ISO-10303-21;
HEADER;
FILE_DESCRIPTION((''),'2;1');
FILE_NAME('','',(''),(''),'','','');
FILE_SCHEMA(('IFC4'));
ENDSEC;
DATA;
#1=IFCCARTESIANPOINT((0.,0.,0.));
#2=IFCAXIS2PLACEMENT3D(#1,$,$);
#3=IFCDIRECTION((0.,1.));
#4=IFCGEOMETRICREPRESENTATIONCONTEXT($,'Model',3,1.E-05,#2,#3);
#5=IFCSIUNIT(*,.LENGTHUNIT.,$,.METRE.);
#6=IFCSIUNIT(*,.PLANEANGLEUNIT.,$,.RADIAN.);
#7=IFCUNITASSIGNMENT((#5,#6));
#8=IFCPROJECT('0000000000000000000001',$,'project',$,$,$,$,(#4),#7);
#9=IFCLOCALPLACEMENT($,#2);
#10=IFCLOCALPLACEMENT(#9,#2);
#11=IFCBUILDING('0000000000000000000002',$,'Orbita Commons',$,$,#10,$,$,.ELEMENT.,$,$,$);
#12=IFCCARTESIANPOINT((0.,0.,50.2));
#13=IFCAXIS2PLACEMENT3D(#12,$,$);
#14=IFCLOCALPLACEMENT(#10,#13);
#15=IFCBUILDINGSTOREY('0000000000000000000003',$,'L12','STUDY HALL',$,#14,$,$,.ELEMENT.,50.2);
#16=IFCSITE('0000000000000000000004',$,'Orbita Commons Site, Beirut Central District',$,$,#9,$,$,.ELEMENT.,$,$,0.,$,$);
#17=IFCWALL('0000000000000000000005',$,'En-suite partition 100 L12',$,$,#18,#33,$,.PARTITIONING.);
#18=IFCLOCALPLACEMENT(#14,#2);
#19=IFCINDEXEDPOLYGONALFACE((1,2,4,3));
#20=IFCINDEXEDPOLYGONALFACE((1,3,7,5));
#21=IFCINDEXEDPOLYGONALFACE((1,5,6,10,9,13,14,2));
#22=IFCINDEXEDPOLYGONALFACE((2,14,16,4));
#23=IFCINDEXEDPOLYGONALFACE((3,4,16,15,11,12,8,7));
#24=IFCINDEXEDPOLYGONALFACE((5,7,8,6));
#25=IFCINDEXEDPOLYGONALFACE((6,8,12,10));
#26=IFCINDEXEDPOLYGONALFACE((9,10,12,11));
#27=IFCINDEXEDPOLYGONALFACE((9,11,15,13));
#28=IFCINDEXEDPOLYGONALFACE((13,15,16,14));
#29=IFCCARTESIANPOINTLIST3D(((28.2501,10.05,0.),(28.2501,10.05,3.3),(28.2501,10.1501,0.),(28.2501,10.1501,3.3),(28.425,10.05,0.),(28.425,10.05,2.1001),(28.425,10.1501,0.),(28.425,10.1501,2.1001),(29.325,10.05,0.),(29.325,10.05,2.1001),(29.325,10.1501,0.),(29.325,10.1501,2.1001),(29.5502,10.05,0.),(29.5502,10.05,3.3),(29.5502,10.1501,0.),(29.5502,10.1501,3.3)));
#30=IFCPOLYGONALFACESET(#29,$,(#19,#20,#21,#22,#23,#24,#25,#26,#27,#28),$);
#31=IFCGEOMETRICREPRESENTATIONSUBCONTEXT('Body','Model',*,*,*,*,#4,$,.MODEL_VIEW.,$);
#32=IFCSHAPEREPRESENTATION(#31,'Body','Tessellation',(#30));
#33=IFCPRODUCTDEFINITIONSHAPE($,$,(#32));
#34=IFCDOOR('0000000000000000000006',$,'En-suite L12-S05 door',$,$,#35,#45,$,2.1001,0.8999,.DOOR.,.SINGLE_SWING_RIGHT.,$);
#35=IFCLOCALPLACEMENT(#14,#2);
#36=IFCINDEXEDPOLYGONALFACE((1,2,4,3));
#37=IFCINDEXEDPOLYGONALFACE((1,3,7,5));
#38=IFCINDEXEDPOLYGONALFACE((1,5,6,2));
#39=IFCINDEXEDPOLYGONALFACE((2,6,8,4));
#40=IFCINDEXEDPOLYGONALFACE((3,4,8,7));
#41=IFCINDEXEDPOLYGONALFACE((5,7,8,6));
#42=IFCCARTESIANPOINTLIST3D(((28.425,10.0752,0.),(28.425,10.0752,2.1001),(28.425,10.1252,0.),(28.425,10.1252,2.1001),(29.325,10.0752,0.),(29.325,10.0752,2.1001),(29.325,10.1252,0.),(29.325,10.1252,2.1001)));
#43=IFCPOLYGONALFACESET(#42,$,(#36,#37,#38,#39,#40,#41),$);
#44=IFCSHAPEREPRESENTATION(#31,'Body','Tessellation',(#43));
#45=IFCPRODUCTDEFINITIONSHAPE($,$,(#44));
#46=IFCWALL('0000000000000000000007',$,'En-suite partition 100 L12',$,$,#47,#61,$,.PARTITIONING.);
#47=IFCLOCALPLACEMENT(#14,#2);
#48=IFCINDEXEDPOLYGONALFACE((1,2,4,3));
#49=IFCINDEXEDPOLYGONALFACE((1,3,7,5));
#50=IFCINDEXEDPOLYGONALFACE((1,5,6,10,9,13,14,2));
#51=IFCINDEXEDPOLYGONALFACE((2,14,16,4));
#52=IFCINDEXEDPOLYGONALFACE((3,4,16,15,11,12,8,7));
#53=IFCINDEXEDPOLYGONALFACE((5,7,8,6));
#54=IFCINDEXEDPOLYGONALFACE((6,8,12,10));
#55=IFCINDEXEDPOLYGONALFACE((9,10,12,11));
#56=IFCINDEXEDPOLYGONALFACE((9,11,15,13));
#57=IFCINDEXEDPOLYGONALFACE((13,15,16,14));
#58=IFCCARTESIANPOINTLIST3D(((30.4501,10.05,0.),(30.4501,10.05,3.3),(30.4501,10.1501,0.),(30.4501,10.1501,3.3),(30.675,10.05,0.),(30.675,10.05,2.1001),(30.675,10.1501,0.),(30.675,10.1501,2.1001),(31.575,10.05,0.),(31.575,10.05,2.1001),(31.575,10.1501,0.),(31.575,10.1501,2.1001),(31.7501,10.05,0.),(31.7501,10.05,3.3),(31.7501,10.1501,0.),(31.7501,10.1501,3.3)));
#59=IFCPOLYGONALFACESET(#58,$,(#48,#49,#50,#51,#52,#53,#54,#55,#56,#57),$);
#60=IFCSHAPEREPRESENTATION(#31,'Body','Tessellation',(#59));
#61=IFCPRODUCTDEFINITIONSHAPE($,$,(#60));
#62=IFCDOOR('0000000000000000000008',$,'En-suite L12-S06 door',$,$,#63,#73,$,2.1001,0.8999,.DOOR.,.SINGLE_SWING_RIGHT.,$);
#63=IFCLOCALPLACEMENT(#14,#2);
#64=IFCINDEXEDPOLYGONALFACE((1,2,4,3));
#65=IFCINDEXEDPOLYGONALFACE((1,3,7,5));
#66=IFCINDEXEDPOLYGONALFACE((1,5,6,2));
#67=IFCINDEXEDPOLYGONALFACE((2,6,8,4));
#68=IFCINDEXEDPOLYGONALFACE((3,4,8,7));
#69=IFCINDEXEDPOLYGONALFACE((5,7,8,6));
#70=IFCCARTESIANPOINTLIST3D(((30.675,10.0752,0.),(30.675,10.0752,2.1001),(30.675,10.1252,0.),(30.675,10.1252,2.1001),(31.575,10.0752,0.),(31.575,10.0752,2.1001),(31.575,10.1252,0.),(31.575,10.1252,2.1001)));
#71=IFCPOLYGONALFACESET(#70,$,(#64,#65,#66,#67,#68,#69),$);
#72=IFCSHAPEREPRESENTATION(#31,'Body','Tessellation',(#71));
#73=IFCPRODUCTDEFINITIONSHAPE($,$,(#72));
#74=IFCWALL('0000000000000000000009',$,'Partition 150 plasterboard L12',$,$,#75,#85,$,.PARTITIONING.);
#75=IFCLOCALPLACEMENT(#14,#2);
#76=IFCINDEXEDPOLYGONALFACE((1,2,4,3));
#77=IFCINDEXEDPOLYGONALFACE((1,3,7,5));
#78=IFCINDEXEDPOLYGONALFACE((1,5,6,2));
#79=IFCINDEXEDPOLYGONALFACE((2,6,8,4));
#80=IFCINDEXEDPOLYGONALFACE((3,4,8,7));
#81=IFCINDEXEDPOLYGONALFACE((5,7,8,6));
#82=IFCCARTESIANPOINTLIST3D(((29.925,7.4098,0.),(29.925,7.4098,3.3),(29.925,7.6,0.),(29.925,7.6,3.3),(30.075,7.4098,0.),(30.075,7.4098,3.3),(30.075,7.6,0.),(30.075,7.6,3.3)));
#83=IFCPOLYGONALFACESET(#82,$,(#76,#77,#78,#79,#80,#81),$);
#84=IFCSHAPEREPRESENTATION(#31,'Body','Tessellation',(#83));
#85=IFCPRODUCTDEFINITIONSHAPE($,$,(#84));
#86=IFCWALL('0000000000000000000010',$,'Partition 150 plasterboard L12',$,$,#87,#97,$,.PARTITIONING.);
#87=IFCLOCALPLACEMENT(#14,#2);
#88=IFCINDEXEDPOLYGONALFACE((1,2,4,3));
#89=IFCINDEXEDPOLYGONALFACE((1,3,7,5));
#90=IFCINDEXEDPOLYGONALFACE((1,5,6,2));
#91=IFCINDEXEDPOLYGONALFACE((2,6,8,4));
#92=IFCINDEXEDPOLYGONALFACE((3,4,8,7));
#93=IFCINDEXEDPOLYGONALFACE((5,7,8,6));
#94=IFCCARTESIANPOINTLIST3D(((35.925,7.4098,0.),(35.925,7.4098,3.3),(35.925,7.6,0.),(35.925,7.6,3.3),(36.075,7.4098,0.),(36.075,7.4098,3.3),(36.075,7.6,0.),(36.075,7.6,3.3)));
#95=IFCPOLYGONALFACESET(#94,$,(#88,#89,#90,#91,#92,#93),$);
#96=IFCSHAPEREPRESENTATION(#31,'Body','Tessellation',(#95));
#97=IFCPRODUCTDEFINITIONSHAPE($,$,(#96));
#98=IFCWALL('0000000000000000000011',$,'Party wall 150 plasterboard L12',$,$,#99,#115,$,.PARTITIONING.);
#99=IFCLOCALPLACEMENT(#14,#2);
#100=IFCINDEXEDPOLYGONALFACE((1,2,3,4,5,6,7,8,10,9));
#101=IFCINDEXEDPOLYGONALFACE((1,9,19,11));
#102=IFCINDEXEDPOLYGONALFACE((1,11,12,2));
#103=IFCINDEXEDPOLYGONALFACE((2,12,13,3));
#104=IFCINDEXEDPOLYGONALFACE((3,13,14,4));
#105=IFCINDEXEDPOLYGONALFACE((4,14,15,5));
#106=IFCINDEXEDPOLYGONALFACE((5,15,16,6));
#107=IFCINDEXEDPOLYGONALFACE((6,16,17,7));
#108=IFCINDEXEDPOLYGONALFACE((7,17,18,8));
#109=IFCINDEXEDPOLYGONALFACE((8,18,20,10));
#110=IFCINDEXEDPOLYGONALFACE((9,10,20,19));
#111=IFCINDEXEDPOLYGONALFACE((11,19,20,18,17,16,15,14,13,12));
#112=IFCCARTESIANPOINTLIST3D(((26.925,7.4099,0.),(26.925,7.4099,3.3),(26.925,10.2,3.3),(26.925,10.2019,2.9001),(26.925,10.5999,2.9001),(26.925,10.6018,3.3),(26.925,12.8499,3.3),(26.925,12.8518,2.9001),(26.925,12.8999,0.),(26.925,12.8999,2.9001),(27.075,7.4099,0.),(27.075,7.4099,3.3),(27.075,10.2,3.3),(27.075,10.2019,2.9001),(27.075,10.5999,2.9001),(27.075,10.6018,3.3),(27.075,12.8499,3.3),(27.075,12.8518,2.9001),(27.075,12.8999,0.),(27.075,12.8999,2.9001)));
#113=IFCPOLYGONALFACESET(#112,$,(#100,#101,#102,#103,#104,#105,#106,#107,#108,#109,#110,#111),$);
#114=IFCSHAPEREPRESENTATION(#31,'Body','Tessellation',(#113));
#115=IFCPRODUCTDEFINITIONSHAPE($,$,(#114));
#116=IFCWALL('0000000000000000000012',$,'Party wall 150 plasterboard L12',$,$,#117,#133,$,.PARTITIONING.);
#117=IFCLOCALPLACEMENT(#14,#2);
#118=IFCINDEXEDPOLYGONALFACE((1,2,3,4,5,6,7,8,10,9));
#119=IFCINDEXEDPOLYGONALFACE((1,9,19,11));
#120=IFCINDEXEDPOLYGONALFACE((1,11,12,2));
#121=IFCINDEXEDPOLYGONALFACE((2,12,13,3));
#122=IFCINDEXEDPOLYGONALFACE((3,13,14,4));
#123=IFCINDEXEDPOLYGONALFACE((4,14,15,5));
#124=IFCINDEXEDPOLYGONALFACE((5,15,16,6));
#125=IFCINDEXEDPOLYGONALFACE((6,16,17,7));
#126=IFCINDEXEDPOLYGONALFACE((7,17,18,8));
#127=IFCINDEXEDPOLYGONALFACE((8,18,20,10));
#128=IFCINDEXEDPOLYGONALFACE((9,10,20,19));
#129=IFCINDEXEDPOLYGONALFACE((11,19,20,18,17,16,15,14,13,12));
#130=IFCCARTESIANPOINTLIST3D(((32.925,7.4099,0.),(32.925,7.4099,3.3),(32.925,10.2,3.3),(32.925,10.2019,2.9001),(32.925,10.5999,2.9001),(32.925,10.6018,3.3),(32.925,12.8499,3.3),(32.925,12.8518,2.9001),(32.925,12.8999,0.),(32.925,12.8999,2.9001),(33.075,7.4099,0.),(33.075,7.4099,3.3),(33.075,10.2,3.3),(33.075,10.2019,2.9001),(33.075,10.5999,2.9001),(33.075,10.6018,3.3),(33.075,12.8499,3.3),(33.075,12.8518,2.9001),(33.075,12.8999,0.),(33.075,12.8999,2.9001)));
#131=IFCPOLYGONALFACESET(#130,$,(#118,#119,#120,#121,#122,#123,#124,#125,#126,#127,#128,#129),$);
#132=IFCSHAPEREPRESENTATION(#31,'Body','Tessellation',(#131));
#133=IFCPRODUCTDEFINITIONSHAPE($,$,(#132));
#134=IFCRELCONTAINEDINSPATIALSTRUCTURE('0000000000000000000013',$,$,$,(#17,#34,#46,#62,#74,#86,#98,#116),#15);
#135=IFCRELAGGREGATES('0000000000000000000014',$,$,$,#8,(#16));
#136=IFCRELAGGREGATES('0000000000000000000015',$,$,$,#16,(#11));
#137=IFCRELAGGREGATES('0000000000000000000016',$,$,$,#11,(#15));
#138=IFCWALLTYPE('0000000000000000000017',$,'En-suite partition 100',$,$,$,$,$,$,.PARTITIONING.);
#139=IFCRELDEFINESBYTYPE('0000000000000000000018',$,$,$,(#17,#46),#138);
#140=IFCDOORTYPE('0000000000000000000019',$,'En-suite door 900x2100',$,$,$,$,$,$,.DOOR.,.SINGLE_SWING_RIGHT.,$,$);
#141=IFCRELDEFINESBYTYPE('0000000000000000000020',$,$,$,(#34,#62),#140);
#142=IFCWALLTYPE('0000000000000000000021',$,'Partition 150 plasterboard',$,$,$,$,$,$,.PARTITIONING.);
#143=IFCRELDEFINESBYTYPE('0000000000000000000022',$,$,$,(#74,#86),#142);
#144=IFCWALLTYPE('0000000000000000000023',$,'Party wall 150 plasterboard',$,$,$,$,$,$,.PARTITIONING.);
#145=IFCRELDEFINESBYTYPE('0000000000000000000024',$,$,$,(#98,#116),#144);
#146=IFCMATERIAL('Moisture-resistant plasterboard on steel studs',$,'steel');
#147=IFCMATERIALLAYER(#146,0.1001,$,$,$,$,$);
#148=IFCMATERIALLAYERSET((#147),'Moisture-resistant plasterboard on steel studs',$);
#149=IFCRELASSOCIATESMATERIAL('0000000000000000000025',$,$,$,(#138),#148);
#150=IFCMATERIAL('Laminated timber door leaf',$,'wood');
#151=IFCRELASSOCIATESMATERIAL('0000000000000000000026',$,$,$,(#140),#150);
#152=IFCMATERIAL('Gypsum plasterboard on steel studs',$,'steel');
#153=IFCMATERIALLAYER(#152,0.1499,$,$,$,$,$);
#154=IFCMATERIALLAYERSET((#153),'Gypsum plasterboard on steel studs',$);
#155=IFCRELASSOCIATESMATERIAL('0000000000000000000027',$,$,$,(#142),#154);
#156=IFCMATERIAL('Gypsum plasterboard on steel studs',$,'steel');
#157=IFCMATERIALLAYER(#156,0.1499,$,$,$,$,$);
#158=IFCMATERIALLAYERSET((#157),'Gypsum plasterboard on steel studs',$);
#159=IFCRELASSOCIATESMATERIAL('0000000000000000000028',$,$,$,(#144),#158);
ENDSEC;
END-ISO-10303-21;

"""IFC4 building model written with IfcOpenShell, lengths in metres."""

from ifc_helpers import new_model, si_unit, direction, frame, frame_2d, origin, place, context, subcontext, project, spatial, polyline, rectangle, outline, extrude, material, layer, layer_set, type_object, element, fill, save


model = new_model("IFC4")

# Units and contexts
model_context = context("Model", 3, precision=1e-05, world=origin(), true_north=direction((0.0, 1.0)))
body_context = subcontext(model_context, "Body", "Model", "MODEL_VIEW")
ifc_project = project(units=[si_unit("LENGTHUNIT", "METRE"), si_unit("PLANEANGLEUNIT", "RADIAN")], contexts=[model_context])

# Site, building, storey
site_placement = place(None, origin())
site = spatial("IfcSite", under=ifc_project, at=site_placement, Name="Orbita Commons Site, Beirut Central District", CompositionType="ELEMENT", RefElevation=0.0)
building_placement = place(site_placement, origin())
building = spatial("IfcBuilding", under=site, at=building_placement, Name="Orbita Commons", CompositionType="ELEMENT")
storey_placement = place(building_placement, frame((0.0, 0.0, 50.2)))
storey = spatial("IfcBuildingStorey", under=building, at=storey_placement, Name="L12", Description="STUDY HALL", CompositionType="ELEMENT", Elevation=50.2)

# Walls, openings, doors
ifc_material_1 = material(Name="Moisture-resistant plasterboard on steel studs", Category="steel")
ifc_layer_1 = layer(ifc_material_1, 0.1001)
ifc_layer_set_1 = layer_set([ifc_layer_1], Name="Moisture-resistant plasterboard on steel studs")
wall_type_1 = type_object("IfcWallType", Name="En-suite partition 100", PredefinedType="PARTITIONING", material=ifc_layer_set_1)
ifc_material_2 = material(Name="Laminated timber door leaf", Category="wood")
door_type = type_object("IfcDoorType", Name="En-suite door 900x2100", OperationType="SINGLE_SWING_RIGHT", PredefinedType="DOOR", material=ifc_material_2)
wall_1_placement = place(storey_placement, frame((29.55, 10.1001, 0.0), z_axis=(0.0, 0.0, 1.0), x_axis=(-1.0, 0.0, 0.0)))
wall_1 = element("IfcWall", 1, at=wall_1_placement, inside=storey, type_object=wall_type_1, Name="En-suite partition 100 L12", PredefinedType="PARTITIONING", context=body_context, shape_type="SweptSolid", body=[
    extrude(rectangle(XDim=1.3, YDim=0.1001, at=frame_2d((0.6499, 0.0))), origin(), (0.0, 0.0, 1.0), 3.3),
])
opening_1_placement = place(wall_1_placement, frame((0.2251, 0.0, 0.0)))
opening_1 = element("IfcOpeningElement", 2, at=opening_1_placement, cuts=wall_1, PredefinedType="OPENING", context=body_context, shape_type="SweptSolid", body=[
    extrude(rectangle(XDim=0.8999, YDim=2.1001, at=frame_2d((0.45, 1.05))), frame((0.0, 0.0601, 0.0), z_axis=(0.0, -1.0, 0.0), x_axis=(1.0, 0.0, 0.0)), (0.0, 0.0, 1.0), 0.1201),
])
door_1_placement = place(opening_1_placement, origin())
door_1 = element("IfcDoor", 3, at=door_1_placement, inside=storey, type_object=door_type, Name="En-suite L12-S05 door", OperationType="SINGLE_SWING_RIGHT", OverallHeight=2.1001, OverallWidth=0.8999, PredefinedType="DOOR", context=body_context, shape_type="SweptSolid", body=[
    extrude(rectangle(XDim=0.8999, YDim=2.1001, at=frame_2d((0.45, 1.05))), frame((0.0, 0.0249, 0.0), z_axis=(0.0, -1.0, 0.0), x_axis=(1.0, 0.0, 0.0)), (0.0, 0.0, 1.0), 0.05),
])
fill(opening_1, door_1)
wall_2_placement = place(storey_placement, frame((31.75, 10.1001, 0.0), z_axis=(0.0, 0.0, 1.0), x_axis=(-1.0, 0.0, 0.0)))
wall_2 = element("IfcWall", 4, at=wall_2_placement, inside=storey, type_object=wall_type_1, Name="En-suite partition 100 L12", PredefinedType="PARTITIONING", context=body_context, shape_type="SweptSolid", body=[
    extrude(rectangle(XDim=1.3, YDim=0.1001, at=frame_2d((0.6499, 0.0))), origin(), (0.0, 0.0, 1.0), 3.3),
])
opening_2_placement = place(wall_2_placement, frame((0.175, 0.0, 0.0)))
opening_2 = element("IfcOpeningElement", 5, at=opening_2_placement, cuts=wall_2, PredefinedType="OPENING", context=body_context, shape_type="SweptSolid", body=[
    extrude(rectangle(XDim=0.8999, YDim=2.1001, at=frame_2d((0.45, 1.05))), frame((0.0, 0.0601, 0.0), z_axis=(0.0, -1.0, 0.0), x_axis=(1.0, 0.0, 0.0)), (0.0, 0.0, 1.0), 0.1201),
])
door_2_placement = place(opening_2_placement, origin())
door_2 = element("IfcDoor", 6, at=door_2_placement, inside=storey, type_object=door_type, Name="En-suite L12-S06 door", OperationType="SINGLE_SWING_RIGHT", OverallHeight=2.1001, OverallWidth=0.8999, PredefinedType="DOOR", context=body_context, shape_type="SweptSolid", body=[
    extrude(rectangle(XDim=0.8999, YDim=2.1001, at=frame_2d((0.45, 1.05))), frame((0.0, 0.0249, 0.0), z_axis=(0.0, -1.0, 0.0), x_axis=(1.0, 0.0, 0.0)), (0.0, 0.0, 1.0), 0.05),
])
fill(opening_2, door_2)

# Walls
ifc_material_3 = material(Name="Gypsum plasterboard on steel studs", Category="steel")
ifc_layer_2 = layer(ifc_material_3, 0.1499)
ifc_layer_set_2 = layer_set([ifc_layer_2], Name="Gypsum plasterboard on steel studs")
wall_type_2 = type_object("IfcWallType", Name="Partition 150 plasterboard", PredefinedType="PARTITIONING", material=ifc_layer_set_2)
for number, where, z_axis, x_axis, name in (
    (7, (30.0, 7.6001, 0.0), (0.0, 0.0, 1.0), (0.0, -1.0, 0.0), "Partition 150 plasterboard L12"),
    (8, (36.0, 7.6001, 0.0), (0.0, 0.0, 1.0), (0.0, -1.0, 0.0), "Partition 150 plasterboard L12"),
):
    element("IfcWall", number, at=place(storey_placement, frame(where, z_axis=z_axis, x_axis=x_axis)), inside=storey, type_object=wall_type_2, Name=name, PredefinedType="PARTITIONING", context=body_context, shape_type="SweptSolid", body=[
        extrude(rectangle(XDim=0.1902, YDim=0.1499, at=frame_2d((0.0952, 0.0))), origin(), (0.0, 0.0, 1.0), 3.3),
    ])
ifc_material_4 = material(Name="Gypsum plasterboard on steel studs", Category="steel")
ifc_layer_3 = layer(ifc_material_4, 0.1499)
ifc_layer_set_3 = layer_set([ifc_layer_3], Name="Gypsum plasterboard on steel studs")
wall_type_3 = type_object("IfcWallType", Name="Party wall 150 plasterboard", PredefinedType="PARTITIONING", material=ifc_layer_set_3)
for number, where, z_axis, x_axis, name in (
    (9, (27.0, 7.4099, 0.0), (0.0, 0.0, 1.0), (0.0, 1.0, 0.0), "Party wall 150 plasterboard L12"),
    (10, (33.0, 7.4099, 0.0), (0.0, 0.0, 1.0), (0.0, 1.0, 0.0), "Party wall 150 plasterboard L12"),
):
    element("IfcWall", number, at=place(storey_placement, frame(where, z_axis=z_axis, x_axis=x_axis)), inside=storey, type_object=wall_type_3, Name=name, PredefinedType="PARTITIONING", context=body_context, shape_type="SweptSolid", body=[
        extrude(outline(polyline([(0.0, 0.0), (5.49, 0.0), (5.49, 2.9001), (5.4419, 2.9001), (5.4399, 3.3), (3.1919, 3.3), (3.1899, 2.9001), (2.792, 2.9001), (2.79, 3.3), (0.0, 3.3), (0.0, 0.0)])), frame((0.0, 0.075, 0.0), z_axis=(0.0, -1.0, 0.0), x_axis=(1.0, 0.0, 0.0)), (0.0, 0.0, 1.0), 0.1499),
    ])

save(model, "model.ifc")
